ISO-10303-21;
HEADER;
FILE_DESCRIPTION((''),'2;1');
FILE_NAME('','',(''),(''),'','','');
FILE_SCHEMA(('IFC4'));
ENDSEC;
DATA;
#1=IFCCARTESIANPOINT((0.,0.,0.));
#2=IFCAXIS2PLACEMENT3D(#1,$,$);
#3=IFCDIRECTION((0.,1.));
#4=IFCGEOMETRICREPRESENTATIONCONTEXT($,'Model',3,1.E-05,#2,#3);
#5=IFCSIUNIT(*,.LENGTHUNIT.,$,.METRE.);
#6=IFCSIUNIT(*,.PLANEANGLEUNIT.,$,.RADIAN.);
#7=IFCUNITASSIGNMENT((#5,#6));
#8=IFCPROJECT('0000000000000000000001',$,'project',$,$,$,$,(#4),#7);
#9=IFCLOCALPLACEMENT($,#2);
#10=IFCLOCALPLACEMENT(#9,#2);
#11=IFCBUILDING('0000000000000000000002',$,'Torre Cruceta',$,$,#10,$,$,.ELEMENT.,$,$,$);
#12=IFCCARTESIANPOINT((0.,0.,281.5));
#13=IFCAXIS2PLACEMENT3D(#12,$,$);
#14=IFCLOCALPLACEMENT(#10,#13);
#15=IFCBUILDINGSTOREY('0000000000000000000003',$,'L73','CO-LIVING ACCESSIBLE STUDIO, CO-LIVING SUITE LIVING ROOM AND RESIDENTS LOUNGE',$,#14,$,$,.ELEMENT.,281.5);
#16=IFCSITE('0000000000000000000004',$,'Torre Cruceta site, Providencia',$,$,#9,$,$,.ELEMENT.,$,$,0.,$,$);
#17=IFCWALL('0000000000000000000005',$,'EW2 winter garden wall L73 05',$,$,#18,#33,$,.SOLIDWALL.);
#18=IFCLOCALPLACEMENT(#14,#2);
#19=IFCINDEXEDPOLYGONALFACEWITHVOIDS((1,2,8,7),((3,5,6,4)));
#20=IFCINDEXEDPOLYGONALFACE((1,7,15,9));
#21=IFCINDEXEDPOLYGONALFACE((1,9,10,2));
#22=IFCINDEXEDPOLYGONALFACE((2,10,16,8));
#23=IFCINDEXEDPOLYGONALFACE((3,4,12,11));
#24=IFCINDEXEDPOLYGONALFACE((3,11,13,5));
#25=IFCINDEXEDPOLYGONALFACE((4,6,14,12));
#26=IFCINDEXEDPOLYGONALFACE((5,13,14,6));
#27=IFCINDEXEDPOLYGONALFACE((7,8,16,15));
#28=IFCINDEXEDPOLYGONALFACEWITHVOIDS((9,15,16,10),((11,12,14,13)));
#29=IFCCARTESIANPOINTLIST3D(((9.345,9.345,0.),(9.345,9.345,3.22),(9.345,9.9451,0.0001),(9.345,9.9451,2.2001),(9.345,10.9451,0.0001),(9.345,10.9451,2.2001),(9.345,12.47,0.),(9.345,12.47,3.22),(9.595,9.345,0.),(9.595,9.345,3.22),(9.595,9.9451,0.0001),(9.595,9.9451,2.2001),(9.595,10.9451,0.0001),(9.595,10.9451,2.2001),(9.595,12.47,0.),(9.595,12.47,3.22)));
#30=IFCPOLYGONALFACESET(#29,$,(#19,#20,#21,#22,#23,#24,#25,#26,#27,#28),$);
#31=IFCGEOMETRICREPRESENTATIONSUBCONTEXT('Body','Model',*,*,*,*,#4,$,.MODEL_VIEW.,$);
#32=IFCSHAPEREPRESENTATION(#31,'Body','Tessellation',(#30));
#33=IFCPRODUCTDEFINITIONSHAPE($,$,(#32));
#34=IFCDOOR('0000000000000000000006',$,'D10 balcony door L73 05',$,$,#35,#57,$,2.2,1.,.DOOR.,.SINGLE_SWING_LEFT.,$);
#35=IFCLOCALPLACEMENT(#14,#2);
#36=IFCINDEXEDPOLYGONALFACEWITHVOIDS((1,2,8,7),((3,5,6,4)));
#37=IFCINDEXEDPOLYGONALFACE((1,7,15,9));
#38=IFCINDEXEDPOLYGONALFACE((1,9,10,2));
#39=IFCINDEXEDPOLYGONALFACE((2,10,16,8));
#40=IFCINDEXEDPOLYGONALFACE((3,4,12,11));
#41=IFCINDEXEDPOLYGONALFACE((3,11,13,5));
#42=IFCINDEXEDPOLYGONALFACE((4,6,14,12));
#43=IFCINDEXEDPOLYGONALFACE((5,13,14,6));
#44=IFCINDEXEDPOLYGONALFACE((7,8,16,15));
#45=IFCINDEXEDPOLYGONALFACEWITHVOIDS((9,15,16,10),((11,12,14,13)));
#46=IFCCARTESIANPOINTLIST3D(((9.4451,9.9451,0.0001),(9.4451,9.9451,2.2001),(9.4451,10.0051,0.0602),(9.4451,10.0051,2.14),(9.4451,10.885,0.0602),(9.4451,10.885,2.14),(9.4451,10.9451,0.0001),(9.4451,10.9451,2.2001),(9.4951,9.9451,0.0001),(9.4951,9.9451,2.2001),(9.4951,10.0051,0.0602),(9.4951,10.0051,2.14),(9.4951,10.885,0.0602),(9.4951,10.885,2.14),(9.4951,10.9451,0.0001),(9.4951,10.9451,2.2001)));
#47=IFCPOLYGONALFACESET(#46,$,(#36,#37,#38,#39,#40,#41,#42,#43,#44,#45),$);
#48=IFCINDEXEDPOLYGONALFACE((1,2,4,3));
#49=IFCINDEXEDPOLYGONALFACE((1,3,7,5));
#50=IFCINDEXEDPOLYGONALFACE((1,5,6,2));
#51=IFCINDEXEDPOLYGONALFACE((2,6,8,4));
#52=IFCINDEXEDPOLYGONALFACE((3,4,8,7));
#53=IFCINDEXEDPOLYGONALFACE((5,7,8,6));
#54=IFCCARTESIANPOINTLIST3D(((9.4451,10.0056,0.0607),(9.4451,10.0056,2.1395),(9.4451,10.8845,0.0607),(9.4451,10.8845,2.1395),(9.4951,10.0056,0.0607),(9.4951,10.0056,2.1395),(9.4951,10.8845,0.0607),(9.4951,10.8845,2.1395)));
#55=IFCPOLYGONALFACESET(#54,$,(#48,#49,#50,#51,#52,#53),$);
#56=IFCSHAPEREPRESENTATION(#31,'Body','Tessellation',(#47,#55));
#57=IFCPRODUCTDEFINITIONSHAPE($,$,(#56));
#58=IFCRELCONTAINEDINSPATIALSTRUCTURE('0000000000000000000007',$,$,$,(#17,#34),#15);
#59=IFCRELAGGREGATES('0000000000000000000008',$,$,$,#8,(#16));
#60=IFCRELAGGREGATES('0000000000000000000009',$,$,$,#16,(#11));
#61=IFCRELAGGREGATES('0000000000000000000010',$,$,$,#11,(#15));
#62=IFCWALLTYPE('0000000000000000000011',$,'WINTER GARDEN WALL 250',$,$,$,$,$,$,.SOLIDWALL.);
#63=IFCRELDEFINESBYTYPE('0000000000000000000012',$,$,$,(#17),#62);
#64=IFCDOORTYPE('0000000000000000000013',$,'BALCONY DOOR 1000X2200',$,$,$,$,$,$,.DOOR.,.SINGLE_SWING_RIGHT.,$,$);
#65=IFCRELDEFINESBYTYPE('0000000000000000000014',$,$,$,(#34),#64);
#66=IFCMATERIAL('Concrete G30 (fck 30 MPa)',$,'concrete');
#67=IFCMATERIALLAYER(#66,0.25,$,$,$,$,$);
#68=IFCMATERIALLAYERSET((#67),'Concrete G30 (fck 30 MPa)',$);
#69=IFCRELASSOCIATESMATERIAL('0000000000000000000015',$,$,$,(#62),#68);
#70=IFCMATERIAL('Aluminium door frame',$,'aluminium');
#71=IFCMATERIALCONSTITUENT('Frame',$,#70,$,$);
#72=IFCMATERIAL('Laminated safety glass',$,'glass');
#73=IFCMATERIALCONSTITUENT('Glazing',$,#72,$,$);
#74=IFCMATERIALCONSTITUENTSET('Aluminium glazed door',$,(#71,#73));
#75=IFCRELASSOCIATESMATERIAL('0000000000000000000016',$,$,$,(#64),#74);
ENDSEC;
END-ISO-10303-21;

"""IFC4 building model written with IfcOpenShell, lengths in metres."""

from ifc_helpers import new_model, si_unit, direction, frame, frame_2d, origin, place, context, subcontext, project, spatial, rectangle, hollow_rectangle, extrude, material, layer, layer_set, constituent, constituent_set, type_object, element, fill, save


model = new_model("IFC4")

# Units and contexts
model_context = context("Model", 3, precision=1e-05, world=origin(), true_north=direction((0.0, 1.0)))
body_context = subcontext(model_context, "Body", "Model", "MODEL_VIEW")
ifc_project = project(units=[si_unit("LENGTHUNIT", "METRE"), si_unit("PLANEANGLEUNIT", "RADIAN")], contexts=[model_context])

# Site, building, storey
site_placement = place(None, origin())
site = spatial("IfcSite", under=ifc_project, at=site_placement, Name="Torre Cruceta site, Providencia", CompositionType="ELEMENT", RefElevation=0.0)
building_placement = place(site_placement, origin())
building = spatial("IfcBuilding", under=site, at=building_placement, Name="Torre Cruceta", CompositionType="ELEMENT")
storey_placement = place(building_placement, frame((0.0, 0.0, 281.5)))
storey = spatial("IfcBuildingStorey", under=building, at=storey_placement, Name="L73", Description="CO-LIVING ACCESSIBLE STUDIO, CO-LIVING SUITE LIVING ROOM AND RESIDENTS LOUNGE", CompositionType="ELEMENT", Elevation=281.5)

# Wall, opening, door
ifc_material_1 = material(Name="Concrete G30 (fck 30 MPa)", Category="concrete")
ifc_layer_1 = layer(ifc_material_1, 0.25)
ifc_layer_set_1 = layer_set([ifc_layer_1], Name="Concrete G30 (fck 30 MPa)")
wall_type_1 = type_object("IfcWallType", Name="WINTER GARDEN WALL 250", PredefinedType="SOLIDWALL", material=ifc_layer_set_1)
ifc_material_2 = material(Name="Aluminium door frame", Category="aluminium")
ifc_constituent_1 = constituent(ifc_material_2, Name="Frame")
ifc_material_3 = material(Name="Laminated safety glass", Category="glass")
ifc_constituent_2 = constituent(ifc_material_3, Name="Glazing")
ifc_constituent_set_1 = constituent_set(constituents=[ifc_constituent_1, ifc_constituent_2], Name="Aluminium glazed door")
door_type = type_object("IfcDoorType", Name="BALCONY DOOR 1000X2200", OperationType="SINGLE_SWING_RIGHT", PredefinedType="DOOR", material=ifc_constituent_set_1)
wall_1_placement = place(storey_placement, frame((9.47, 9.345, 0.0), z_axis=(0.0, 0.0, 1.0), x_axis=(0.0, 1.0, 0.0)))
wall_1 = element("IfcWall", 1, at=wall_1_placement, inside=storey, type_object=wall_type_1, Name="EW2 winter garden wall L73 05", PredefinedType="SOLIDWALL", context=body_context, shape_type="SweptSolid", body=[
    extrude(rectangle(XDim=3.125, YDim=0.25, at=frame_2d((1.5625, 0.0))), origin(), (0.0, 0.0, 1.0), 3.22),
])
opening_1_placement = place(wall_1_placement, frame((0.6001, 0.0, 0.0)))
opening_1 = element("IfcOpeningElement", 2, at=opening_1_placement, cuts=wall_1, PredefinedType="OPENING", context=body_context, shape_type="SweptSolid", body=[
    extrude(rectangle(XDim=1.0, YDim=2.2, at=frame_2d((0.5, 1.1001))), frame((0.0, 0.135, 0.0), z_axis=(0.0, -1.0, 0.0), x_axis=(1.0, 0.0, 0.0)), (0.0, 0.0, 1.0), 0.27),
])
door_1_placement = place(opening_1_placement, origin())
door_1 = element("IfcDoor", 3, at=door_1_placement, inside=storey, type_object=door_type, Name="D10 balcony door L73 05", OperationType="SINGLE_SWING_LEFT", OverallHeight=2.2, OverallWidth=1.0, PredefinedType="DOOR", context=body_context, shape_type="SweptSolid", body=[
    extrude(hollow_rectangle(XDim=1.0, YDim=2.2, WallThickness=0.0601, at=frame_2d((0.5, 1.1001))), frame((0.0, 0.0249, 0.0), z_axis=(0.0, -1.0, 0.0), x_axis=(1.0, 0.0, 0.0)), (0.0, 0.0, 1.0), 0.05),
    extrude(rectangle(XDim=0.8789, YDim=2.0789, at=frame_2d((0.5, 1.1001))), frame((0.0, 0.0249, 0.0), z_axis=(0.0, -1.0, 0.0), x_axis=(1.0, 0.0, 0.0)), (0.0, 0.0, 1.0), 0.05),
])
fill(opening_1, door_1)

save(model, "model.ifc")
